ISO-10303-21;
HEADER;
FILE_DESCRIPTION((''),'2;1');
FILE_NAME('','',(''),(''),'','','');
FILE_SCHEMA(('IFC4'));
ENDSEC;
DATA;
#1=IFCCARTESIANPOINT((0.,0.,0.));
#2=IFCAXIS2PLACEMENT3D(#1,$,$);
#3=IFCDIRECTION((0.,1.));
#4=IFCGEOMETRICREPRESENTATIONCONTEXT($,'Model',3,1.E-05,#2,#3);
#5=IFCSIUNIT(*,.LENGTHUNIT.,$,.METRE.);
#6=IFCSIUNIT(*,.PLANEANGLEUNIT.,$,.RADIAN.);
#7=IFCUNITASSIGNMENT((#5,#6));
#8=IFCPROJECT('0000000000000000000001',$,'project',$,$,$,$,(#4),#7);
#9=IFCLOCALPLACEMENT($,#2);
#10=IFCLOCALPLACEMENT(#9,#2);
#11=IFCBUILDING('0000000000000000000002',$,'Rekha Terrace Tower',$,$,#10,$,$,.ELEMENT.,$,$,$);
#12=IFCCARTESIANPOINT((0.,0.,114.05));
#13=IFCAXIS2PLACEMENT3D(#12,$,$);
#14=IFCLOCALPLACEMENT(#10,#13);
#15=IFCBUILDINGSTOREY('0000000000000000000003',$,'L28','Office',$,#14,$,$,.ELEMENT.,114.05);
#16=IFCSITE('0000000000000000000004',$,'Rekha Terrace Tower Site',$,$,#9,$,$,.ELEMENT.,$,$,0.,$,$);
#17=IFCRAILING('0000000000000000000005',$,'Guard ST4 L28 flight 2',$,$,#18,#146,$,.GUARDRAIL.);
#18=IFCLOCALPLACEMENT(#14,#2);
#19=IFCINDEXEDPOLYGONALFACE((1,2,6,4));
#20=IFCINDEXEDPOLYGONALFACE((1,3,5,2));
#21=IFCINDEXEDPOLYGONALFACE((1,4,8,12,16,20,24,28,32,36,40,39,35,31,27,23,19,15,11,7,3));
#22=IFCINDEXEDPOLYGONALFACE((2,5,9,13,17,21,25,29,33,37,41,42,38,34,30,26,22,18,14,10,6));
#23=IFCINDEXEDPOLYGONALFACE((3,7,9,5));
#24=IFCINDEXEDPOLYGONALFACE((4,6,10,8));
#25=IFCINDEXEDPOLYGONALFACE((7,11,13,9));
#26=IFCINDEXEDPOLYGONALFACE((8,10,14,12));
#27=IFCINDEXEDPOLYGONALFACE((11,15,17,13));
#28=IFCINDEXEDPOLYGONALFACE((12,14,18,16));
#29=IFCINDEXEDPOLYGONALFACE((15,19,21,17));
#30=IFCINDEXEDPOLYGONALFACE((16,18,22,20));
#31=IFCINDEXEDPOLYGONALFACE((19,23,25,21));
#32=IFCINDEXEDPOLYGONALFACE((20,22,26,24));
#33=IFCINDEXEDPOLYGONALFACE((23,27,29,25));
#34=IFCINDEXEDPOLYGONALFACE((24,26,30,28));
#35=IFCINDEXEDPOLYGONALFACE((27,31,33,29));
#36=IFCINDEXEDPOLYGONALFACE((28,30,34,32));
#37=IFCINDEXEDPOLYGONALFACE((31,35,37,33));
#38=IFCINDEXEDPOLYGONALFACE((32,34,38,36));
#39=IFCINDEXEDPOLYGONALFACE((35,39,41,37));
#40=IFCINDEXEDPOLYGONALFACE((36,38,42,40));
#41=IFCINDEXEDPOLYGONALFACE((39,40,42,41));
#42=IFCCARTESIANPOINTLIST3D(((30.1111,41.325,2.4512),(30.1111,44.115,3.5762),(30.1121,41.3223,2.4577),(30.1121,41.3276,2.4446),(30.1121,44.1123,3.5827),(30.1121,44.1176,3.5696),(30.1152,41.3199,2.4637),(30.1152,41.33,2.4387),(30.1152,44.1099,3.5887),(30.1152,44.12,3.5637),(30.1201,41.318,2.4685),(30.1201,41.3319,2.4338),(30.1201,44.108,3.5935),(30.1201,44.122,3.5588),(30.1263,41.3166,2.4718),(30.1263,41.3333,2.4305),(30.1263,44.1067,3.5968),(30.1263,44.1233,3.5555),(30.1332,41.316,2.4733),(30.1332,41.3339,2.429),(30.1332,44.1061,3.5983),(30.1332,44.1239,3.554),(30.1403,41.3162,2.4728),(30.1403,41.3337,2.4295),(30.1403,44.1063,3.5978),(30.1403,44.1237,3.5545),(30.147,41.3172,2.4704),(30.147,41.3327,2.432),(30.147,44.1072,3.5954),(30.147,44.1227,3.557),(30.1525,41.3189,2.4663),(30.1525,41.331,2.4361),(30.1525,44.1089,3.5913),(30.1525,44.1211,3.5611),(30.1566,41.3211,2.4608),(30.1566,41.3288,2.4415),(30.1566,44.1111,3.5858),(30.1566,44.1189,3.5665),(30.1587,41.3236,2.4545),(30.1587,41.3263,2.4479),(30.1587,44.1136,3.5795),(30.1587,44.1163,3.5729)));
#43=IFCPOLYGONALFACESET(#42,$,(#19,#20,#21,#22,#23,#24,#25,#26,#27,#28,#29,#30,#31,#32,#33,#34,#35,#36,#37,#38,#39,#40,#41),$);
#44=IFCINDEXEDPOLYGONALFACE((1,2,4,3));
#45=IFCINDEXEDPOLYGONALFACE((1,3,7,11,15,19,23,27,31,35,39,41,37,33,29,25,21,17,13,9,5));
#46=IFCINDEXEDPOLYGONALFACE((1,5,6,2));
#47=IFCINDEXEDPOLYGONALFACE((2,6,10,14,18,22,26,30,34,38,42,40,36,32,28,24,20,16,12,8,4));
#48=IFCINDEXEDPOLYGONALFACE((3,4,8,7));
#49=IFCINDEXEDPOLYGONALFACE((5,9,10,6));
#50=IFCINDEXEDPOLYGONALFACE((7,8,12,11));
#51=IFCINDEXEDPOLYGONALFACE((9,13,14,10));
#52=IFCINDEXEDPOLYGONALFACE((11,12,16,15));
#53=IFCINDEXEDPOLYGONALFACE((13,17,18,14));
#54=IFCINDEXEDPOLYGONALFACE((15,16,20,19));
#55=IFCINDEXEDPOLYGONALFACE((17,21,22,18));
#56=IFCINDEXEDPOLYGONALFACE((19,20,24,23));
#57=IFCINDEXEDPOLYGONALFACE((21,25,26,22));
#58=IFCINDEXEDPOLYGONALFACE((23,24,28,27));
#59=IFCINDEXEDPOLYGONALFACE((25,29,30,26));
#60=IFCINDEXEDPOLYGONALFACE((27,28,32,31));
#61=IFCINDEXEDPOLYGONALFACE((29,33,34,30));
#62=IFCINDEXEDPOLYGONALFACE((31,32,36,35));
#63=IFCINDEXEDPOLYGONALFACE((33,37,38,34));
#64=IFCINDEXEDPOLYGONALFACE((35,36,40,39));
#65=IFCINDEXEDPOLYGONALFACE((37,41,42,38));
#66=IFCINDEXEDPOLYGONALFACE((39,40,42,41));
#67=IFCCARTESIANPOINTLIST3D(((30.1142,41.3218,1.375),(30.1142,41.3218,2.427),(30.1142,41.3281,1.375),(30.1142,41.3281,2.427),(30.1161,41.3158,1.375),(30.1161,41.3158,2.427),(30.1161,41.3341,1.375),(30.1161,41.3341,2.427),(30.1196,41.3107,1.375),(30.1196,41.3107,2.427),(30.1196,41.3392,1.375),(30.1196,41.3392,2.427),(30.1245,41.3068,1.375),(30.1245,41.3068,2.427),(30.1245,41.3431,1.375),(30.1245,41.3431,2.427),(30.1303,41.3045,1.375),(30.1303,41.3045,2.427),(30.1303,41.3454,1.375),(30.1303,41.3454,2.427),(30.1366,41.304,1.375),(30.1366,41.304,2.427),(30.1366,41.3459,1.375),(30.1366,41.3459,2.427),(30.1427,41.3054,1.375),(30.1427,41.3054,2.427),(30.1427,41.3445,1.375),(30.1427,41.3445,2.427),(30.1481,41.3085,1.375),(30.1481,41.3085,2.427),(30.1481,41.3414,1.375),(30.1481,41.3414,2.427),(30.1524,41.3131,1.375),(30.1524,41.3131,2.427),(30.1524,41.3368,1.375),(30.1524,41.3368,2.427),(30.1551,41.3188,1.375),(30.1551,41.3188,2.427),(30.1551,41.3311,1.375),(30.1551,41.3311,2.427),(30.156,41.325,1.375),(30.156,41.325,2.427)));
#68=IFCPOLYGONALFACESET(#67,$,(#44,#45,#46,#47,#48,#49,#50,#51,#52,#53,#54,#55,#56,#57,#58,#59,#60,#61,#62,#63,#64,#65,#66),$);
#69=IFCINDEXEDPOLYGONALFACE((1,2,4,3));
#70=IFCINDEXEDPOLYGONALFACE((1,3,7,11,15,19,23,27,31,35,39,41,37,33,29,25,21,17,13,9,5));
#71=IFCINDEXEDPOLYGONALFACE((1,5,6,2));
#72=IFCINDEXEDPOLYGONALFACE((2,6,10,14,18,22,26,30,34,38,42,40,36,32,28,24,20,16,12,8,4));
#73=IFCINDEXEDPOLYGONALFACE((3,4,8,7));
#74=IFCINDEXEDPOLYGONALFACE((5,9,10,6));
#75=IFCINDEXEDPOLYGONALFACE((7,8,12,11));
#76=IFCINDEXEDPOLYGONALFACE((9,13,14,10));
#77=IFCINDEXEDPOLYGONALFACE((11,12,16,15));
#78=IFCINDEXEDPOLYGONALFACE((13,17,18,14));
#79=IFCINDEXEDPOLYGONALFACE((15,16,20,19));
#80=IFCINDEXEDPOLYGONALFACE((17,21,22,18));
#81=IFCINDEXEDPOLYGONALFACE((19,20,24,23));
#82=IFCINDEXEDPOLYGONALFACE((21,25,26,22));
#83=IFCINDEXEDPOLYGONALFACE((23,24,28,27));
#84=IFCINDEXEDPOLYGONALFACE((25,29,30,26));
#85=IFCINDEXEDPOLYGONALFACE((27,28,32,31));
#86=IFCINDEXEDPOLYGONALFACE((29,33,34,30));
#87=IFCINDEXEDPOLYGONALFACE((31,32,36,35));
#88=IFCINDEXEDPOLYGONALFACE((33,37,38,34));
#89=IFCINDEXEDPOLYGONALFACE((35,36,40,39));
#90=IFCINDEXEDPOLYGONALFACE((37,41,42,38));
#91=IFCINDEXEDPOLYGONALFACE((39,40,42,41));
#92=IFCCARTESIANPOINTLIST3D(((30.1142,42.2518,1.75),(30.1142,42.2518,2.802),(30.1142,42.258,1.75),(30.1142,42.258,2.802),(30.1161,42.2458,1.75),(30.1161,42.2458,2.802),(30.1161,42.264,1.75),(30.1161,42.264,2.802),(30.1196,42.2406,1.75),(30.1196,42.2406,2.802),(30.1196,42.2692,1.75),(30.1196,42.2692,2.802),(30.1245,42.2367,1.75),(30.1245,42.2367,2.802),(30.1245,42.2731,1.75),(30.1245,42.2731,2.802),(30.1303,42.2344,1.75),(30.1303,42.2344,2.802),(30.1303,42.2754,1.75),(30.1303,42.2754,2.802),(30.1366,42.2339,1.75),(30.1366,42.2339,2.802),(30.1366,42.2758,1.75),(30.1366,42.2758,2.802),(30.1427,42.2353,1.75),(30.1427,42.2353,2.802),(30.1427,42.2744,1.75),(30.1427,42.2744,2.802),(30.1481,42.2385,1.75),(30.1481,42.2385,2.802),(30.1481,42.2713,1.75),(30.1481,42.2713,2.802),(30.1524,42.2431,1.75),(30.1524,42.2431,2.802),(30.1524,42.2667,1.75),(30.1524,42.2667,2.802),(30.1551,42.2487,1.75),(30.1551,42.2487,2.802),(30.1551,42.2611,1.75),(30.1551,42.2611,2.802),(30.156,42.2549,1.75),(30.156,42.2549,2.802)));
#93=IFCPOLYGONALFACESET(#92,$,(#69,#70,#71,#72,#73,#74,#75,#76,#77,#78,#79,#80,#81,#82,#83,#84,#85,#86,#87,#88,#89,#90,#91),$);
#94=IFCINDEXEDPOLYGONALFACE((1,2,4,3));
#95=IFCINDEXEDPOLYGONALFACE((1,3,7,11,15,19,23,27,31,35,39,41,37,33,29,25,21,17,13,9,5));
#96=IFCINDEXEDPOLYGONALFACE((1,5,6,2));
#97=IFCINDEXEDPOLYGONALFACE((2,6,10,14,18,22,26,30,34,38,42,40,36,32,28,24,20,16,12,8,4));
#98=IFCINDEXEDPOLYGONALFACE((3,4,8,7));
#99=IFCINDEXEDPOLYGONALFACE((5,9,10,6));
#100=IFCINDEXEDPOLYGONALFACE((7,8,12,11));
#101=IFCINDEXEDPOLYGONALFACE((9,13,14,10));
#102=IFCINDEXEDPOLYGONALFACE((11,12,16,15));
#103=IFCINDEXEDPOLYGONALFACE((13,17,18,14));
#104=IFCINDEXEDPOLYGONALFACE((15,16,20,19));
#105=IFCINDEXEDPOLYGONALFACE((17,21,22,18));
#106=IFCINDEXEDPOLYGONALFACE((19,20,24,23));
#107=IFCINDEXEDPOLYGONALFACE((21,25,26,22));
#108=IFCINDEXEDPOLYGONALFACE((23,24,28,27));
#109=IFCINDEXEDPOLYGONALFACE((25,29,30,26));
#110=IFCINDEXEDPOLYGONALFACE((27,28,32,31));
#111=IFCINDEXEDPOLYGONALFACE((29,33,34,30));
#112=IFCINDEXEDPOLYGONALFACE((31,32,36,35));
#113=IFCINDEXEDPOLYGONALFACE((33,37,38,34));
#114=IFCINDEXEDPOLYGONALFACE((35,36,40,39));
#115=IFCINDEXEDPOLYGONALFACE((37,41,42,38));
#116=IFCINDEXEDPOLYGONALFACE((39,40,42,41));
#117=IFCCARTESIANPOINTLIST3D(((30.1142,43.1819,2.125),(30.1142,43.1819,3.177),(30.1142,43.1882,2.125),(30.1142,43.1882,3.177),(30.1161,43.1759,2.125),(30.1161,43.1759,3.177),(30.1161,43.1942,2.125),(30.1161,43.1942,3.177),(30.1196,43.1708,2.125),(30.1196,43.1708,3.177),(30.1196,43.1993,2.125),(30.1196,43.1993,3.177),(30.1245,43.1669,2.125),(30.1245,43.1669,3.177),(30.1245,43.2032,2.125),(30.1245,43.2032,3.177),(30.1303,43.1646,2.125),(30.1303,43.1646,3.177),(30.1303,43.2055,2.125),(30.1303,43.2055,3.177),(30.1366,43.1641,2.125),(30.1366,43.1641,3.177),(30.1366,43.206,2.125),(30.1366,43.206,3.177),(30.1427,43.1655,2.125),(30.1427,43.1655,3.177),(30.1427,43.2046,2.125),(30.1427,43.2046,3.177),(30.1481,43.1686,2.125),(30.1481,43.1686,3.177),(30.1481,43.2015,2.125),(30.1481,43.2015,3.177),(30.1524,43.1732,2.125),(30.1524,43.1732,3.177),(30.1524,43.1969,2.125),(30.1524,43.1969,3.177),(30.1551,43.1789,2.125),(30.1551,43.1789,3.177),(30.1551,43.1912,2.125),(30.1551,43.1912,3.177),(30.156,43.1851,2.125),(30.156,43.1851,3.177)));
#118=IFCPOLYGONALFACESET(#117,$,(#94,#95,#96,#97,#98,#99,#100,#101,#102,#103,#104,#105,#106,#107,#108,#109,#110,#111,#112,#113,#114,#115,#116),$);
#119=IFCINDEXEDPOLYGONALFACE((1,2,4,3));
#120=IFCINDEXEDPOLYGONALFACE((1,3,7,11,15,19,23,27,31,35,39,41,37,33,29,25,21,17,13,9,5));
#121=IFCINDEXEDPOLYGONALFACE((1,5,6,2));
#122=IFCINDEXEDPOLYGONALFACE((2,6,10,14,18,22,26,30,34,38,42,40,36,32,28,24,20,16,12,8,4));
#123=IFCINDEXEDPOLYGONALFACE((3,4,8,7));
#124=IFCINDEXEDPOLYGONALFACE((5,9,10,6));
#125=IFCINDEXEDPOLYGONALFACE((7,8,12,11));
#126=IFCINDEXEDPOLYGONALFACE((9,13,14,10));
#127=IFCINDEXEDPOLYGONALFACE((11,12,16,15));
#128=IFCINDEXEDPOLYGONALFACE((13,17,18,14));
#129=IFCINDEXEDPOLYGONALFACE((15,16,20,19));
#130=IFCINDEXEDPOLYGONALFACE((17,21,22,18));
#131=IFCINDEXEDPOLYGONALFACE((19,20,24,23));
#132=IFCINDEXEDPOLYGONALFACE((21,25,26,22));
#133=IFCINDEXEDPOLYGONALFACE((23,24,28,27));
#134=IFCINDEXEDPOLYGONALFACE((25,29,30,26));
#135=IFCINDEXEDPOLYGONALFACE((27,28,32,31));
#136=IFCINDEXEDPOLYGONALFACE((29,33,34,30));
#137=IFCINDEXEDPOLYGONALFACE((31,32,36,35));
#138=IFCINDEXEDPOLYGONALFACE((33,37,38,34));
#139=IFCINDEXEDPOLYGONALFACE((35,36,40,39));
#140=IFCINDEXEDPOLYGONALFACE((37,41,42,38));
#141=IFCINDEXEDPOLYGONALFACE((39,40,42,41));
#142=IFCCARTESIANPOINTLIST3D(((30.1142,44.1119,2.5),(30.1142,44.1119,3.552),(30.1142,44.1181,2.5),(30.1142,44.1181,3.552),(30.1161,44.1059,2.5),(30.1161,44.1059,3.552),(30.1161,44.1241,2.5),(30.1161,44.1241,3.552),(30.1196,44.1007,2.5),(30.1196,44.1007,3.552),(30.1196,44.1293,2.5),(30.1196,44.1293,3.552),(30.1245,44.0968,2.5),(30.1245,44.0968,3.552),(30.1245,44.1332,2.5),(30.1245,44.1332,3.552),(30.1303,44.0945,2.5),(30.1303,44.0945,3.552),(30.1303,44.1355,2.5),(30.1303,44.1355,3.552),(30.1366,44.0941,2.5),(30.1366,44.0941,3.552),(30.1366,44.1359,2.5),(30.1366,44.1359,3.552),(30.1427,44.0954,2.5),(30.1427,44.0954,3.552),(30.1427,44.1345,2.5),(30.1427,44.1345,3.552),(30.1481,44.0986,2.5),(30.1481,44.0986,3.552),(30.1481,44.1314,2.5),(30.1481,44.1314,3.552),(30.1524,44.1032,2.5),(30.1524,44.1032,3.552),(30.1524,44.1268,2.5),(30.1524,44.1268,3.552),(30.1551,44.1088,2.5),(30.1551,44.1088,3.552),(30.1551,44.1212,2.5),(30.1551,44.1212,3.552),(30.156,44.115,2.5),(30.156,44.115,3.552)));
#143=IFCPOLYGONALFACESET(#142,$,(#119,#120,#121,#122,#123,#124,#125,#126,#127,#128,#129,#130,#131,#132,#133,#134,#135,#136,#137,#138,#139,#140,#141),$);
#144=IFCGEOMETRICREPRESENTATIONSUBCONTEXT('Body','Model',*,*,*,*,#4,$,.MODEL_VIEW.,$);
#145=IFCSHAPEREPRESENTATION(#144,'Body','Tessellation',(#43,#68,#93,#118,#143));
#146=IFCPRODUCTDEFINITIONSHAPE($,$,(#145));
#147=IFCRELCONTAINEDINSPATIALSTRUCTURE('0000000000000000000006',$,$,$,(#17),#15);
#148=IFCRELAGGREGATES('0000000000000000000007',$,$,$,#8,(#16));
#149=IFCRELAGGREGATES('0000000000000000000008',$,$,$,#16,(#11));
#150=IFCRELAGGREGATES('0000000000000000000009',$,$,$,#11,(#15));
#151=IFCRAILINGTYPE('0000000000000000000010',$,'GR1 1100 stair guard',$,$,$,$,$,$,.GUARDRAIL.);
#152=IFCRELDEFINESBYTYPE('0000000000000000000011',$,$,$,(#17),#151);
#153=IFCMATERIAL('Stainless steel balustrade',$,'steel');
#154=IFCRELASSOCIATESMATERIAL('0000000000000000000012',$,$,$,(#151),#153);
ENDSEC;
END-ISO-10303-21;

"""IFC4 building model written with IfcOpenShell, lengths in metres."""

from ifc_helpers import new_model, si_unit, direction, frame, origin, origin_2d, place, context, subcontext, project, spatial, circle, extrude, material, type_object, element, save


model = new_model("IFC4")

# Units and contexts
model_context = context("Model", 3, precision=1e-05, world=origin(), true_north=direction((0.0, 1.0)))
body_context = subcontext(model_context, "Body", "Model", "MODEL_VIEW")
ifc_project = project(units=[si_unit("LENGTHUNIT", "METRE"), si_unit("PLANEANGLEUNIT", "RADIAN")], contexts=[model_context])

# Site, building, storey
site_placement = place(None, origin())
site = spatial("IfcSite", under=ifc_project, at=site_placement, Name="Rekha Terrace Tower Site", CompositionType="ELEMENT", RefElevation=0.0)
building_placement = place(site_placement, origin())
building = spatial("IfcBuilding", under=site, at=building_placement, Name="Rekha Terrace Tower", CompositionType="ELEMENT")
storey_placement = place(building_placement, frame((0.0, 0.0, 114.05)))
storey = spatial("IfcBuildingStorey", under=building, at=storey_placement, Name="L28", Description="Office", CompositionType="ELEMENT", Elevation=114.05)

# Railing
ifc_material_1 = material(Name="Stainless steel balustrade", Category="steel")
railing_type_1 = type_object("IfcRailingType", Name="GR1 1100 stair guard", PredefinedType="GUARDRAIL", material=ifc_material_1)
railing_1_placement = place(storey_placement, frame((30.135, 41.325, 1.375)))
element("IfcRailing", 1, at=railing_1_placement, inside=storey, type_object=railing_type_1, Name="Guard ST4 L28 flight 2", PredefinedType="GUARDRAIL", context=body_context, shape_type="SweptSolid", body=[
    extrude(circle(Radius=0.0239, at=origin_2d()), frame((0.0, 0.0, 1.0762), z_axis=(0.0, 0.927443, 0.373964), x_axis=(-1.0, 0.0, 0.0)), (0.0, 0.0, 1.0), 3.0083),
    extrude(circle(Radius=0.021, at=origin_2d()), origin(), (0.0, 0.0, 1.0), 1.052),
    extrude(circle(Radius=0.021, at=origin_2d()), frame((0.0, 0.9299, 0.375)), (0.0, 0.0, 1.0), 1.052),
    extrude(circle(Radius=0.021, at=origin_2d()), frame((0.0, 1.8601, 0.75)), (0.0, 0.0, 1.0), 1.052),
    extrude(circle(Radius=0.021, at=origin_2d()), frame((0.0, 2.79, 1.125)), (0.0, 0.0, 1.0), 1.052),
])

save(model, "model.ifc")
